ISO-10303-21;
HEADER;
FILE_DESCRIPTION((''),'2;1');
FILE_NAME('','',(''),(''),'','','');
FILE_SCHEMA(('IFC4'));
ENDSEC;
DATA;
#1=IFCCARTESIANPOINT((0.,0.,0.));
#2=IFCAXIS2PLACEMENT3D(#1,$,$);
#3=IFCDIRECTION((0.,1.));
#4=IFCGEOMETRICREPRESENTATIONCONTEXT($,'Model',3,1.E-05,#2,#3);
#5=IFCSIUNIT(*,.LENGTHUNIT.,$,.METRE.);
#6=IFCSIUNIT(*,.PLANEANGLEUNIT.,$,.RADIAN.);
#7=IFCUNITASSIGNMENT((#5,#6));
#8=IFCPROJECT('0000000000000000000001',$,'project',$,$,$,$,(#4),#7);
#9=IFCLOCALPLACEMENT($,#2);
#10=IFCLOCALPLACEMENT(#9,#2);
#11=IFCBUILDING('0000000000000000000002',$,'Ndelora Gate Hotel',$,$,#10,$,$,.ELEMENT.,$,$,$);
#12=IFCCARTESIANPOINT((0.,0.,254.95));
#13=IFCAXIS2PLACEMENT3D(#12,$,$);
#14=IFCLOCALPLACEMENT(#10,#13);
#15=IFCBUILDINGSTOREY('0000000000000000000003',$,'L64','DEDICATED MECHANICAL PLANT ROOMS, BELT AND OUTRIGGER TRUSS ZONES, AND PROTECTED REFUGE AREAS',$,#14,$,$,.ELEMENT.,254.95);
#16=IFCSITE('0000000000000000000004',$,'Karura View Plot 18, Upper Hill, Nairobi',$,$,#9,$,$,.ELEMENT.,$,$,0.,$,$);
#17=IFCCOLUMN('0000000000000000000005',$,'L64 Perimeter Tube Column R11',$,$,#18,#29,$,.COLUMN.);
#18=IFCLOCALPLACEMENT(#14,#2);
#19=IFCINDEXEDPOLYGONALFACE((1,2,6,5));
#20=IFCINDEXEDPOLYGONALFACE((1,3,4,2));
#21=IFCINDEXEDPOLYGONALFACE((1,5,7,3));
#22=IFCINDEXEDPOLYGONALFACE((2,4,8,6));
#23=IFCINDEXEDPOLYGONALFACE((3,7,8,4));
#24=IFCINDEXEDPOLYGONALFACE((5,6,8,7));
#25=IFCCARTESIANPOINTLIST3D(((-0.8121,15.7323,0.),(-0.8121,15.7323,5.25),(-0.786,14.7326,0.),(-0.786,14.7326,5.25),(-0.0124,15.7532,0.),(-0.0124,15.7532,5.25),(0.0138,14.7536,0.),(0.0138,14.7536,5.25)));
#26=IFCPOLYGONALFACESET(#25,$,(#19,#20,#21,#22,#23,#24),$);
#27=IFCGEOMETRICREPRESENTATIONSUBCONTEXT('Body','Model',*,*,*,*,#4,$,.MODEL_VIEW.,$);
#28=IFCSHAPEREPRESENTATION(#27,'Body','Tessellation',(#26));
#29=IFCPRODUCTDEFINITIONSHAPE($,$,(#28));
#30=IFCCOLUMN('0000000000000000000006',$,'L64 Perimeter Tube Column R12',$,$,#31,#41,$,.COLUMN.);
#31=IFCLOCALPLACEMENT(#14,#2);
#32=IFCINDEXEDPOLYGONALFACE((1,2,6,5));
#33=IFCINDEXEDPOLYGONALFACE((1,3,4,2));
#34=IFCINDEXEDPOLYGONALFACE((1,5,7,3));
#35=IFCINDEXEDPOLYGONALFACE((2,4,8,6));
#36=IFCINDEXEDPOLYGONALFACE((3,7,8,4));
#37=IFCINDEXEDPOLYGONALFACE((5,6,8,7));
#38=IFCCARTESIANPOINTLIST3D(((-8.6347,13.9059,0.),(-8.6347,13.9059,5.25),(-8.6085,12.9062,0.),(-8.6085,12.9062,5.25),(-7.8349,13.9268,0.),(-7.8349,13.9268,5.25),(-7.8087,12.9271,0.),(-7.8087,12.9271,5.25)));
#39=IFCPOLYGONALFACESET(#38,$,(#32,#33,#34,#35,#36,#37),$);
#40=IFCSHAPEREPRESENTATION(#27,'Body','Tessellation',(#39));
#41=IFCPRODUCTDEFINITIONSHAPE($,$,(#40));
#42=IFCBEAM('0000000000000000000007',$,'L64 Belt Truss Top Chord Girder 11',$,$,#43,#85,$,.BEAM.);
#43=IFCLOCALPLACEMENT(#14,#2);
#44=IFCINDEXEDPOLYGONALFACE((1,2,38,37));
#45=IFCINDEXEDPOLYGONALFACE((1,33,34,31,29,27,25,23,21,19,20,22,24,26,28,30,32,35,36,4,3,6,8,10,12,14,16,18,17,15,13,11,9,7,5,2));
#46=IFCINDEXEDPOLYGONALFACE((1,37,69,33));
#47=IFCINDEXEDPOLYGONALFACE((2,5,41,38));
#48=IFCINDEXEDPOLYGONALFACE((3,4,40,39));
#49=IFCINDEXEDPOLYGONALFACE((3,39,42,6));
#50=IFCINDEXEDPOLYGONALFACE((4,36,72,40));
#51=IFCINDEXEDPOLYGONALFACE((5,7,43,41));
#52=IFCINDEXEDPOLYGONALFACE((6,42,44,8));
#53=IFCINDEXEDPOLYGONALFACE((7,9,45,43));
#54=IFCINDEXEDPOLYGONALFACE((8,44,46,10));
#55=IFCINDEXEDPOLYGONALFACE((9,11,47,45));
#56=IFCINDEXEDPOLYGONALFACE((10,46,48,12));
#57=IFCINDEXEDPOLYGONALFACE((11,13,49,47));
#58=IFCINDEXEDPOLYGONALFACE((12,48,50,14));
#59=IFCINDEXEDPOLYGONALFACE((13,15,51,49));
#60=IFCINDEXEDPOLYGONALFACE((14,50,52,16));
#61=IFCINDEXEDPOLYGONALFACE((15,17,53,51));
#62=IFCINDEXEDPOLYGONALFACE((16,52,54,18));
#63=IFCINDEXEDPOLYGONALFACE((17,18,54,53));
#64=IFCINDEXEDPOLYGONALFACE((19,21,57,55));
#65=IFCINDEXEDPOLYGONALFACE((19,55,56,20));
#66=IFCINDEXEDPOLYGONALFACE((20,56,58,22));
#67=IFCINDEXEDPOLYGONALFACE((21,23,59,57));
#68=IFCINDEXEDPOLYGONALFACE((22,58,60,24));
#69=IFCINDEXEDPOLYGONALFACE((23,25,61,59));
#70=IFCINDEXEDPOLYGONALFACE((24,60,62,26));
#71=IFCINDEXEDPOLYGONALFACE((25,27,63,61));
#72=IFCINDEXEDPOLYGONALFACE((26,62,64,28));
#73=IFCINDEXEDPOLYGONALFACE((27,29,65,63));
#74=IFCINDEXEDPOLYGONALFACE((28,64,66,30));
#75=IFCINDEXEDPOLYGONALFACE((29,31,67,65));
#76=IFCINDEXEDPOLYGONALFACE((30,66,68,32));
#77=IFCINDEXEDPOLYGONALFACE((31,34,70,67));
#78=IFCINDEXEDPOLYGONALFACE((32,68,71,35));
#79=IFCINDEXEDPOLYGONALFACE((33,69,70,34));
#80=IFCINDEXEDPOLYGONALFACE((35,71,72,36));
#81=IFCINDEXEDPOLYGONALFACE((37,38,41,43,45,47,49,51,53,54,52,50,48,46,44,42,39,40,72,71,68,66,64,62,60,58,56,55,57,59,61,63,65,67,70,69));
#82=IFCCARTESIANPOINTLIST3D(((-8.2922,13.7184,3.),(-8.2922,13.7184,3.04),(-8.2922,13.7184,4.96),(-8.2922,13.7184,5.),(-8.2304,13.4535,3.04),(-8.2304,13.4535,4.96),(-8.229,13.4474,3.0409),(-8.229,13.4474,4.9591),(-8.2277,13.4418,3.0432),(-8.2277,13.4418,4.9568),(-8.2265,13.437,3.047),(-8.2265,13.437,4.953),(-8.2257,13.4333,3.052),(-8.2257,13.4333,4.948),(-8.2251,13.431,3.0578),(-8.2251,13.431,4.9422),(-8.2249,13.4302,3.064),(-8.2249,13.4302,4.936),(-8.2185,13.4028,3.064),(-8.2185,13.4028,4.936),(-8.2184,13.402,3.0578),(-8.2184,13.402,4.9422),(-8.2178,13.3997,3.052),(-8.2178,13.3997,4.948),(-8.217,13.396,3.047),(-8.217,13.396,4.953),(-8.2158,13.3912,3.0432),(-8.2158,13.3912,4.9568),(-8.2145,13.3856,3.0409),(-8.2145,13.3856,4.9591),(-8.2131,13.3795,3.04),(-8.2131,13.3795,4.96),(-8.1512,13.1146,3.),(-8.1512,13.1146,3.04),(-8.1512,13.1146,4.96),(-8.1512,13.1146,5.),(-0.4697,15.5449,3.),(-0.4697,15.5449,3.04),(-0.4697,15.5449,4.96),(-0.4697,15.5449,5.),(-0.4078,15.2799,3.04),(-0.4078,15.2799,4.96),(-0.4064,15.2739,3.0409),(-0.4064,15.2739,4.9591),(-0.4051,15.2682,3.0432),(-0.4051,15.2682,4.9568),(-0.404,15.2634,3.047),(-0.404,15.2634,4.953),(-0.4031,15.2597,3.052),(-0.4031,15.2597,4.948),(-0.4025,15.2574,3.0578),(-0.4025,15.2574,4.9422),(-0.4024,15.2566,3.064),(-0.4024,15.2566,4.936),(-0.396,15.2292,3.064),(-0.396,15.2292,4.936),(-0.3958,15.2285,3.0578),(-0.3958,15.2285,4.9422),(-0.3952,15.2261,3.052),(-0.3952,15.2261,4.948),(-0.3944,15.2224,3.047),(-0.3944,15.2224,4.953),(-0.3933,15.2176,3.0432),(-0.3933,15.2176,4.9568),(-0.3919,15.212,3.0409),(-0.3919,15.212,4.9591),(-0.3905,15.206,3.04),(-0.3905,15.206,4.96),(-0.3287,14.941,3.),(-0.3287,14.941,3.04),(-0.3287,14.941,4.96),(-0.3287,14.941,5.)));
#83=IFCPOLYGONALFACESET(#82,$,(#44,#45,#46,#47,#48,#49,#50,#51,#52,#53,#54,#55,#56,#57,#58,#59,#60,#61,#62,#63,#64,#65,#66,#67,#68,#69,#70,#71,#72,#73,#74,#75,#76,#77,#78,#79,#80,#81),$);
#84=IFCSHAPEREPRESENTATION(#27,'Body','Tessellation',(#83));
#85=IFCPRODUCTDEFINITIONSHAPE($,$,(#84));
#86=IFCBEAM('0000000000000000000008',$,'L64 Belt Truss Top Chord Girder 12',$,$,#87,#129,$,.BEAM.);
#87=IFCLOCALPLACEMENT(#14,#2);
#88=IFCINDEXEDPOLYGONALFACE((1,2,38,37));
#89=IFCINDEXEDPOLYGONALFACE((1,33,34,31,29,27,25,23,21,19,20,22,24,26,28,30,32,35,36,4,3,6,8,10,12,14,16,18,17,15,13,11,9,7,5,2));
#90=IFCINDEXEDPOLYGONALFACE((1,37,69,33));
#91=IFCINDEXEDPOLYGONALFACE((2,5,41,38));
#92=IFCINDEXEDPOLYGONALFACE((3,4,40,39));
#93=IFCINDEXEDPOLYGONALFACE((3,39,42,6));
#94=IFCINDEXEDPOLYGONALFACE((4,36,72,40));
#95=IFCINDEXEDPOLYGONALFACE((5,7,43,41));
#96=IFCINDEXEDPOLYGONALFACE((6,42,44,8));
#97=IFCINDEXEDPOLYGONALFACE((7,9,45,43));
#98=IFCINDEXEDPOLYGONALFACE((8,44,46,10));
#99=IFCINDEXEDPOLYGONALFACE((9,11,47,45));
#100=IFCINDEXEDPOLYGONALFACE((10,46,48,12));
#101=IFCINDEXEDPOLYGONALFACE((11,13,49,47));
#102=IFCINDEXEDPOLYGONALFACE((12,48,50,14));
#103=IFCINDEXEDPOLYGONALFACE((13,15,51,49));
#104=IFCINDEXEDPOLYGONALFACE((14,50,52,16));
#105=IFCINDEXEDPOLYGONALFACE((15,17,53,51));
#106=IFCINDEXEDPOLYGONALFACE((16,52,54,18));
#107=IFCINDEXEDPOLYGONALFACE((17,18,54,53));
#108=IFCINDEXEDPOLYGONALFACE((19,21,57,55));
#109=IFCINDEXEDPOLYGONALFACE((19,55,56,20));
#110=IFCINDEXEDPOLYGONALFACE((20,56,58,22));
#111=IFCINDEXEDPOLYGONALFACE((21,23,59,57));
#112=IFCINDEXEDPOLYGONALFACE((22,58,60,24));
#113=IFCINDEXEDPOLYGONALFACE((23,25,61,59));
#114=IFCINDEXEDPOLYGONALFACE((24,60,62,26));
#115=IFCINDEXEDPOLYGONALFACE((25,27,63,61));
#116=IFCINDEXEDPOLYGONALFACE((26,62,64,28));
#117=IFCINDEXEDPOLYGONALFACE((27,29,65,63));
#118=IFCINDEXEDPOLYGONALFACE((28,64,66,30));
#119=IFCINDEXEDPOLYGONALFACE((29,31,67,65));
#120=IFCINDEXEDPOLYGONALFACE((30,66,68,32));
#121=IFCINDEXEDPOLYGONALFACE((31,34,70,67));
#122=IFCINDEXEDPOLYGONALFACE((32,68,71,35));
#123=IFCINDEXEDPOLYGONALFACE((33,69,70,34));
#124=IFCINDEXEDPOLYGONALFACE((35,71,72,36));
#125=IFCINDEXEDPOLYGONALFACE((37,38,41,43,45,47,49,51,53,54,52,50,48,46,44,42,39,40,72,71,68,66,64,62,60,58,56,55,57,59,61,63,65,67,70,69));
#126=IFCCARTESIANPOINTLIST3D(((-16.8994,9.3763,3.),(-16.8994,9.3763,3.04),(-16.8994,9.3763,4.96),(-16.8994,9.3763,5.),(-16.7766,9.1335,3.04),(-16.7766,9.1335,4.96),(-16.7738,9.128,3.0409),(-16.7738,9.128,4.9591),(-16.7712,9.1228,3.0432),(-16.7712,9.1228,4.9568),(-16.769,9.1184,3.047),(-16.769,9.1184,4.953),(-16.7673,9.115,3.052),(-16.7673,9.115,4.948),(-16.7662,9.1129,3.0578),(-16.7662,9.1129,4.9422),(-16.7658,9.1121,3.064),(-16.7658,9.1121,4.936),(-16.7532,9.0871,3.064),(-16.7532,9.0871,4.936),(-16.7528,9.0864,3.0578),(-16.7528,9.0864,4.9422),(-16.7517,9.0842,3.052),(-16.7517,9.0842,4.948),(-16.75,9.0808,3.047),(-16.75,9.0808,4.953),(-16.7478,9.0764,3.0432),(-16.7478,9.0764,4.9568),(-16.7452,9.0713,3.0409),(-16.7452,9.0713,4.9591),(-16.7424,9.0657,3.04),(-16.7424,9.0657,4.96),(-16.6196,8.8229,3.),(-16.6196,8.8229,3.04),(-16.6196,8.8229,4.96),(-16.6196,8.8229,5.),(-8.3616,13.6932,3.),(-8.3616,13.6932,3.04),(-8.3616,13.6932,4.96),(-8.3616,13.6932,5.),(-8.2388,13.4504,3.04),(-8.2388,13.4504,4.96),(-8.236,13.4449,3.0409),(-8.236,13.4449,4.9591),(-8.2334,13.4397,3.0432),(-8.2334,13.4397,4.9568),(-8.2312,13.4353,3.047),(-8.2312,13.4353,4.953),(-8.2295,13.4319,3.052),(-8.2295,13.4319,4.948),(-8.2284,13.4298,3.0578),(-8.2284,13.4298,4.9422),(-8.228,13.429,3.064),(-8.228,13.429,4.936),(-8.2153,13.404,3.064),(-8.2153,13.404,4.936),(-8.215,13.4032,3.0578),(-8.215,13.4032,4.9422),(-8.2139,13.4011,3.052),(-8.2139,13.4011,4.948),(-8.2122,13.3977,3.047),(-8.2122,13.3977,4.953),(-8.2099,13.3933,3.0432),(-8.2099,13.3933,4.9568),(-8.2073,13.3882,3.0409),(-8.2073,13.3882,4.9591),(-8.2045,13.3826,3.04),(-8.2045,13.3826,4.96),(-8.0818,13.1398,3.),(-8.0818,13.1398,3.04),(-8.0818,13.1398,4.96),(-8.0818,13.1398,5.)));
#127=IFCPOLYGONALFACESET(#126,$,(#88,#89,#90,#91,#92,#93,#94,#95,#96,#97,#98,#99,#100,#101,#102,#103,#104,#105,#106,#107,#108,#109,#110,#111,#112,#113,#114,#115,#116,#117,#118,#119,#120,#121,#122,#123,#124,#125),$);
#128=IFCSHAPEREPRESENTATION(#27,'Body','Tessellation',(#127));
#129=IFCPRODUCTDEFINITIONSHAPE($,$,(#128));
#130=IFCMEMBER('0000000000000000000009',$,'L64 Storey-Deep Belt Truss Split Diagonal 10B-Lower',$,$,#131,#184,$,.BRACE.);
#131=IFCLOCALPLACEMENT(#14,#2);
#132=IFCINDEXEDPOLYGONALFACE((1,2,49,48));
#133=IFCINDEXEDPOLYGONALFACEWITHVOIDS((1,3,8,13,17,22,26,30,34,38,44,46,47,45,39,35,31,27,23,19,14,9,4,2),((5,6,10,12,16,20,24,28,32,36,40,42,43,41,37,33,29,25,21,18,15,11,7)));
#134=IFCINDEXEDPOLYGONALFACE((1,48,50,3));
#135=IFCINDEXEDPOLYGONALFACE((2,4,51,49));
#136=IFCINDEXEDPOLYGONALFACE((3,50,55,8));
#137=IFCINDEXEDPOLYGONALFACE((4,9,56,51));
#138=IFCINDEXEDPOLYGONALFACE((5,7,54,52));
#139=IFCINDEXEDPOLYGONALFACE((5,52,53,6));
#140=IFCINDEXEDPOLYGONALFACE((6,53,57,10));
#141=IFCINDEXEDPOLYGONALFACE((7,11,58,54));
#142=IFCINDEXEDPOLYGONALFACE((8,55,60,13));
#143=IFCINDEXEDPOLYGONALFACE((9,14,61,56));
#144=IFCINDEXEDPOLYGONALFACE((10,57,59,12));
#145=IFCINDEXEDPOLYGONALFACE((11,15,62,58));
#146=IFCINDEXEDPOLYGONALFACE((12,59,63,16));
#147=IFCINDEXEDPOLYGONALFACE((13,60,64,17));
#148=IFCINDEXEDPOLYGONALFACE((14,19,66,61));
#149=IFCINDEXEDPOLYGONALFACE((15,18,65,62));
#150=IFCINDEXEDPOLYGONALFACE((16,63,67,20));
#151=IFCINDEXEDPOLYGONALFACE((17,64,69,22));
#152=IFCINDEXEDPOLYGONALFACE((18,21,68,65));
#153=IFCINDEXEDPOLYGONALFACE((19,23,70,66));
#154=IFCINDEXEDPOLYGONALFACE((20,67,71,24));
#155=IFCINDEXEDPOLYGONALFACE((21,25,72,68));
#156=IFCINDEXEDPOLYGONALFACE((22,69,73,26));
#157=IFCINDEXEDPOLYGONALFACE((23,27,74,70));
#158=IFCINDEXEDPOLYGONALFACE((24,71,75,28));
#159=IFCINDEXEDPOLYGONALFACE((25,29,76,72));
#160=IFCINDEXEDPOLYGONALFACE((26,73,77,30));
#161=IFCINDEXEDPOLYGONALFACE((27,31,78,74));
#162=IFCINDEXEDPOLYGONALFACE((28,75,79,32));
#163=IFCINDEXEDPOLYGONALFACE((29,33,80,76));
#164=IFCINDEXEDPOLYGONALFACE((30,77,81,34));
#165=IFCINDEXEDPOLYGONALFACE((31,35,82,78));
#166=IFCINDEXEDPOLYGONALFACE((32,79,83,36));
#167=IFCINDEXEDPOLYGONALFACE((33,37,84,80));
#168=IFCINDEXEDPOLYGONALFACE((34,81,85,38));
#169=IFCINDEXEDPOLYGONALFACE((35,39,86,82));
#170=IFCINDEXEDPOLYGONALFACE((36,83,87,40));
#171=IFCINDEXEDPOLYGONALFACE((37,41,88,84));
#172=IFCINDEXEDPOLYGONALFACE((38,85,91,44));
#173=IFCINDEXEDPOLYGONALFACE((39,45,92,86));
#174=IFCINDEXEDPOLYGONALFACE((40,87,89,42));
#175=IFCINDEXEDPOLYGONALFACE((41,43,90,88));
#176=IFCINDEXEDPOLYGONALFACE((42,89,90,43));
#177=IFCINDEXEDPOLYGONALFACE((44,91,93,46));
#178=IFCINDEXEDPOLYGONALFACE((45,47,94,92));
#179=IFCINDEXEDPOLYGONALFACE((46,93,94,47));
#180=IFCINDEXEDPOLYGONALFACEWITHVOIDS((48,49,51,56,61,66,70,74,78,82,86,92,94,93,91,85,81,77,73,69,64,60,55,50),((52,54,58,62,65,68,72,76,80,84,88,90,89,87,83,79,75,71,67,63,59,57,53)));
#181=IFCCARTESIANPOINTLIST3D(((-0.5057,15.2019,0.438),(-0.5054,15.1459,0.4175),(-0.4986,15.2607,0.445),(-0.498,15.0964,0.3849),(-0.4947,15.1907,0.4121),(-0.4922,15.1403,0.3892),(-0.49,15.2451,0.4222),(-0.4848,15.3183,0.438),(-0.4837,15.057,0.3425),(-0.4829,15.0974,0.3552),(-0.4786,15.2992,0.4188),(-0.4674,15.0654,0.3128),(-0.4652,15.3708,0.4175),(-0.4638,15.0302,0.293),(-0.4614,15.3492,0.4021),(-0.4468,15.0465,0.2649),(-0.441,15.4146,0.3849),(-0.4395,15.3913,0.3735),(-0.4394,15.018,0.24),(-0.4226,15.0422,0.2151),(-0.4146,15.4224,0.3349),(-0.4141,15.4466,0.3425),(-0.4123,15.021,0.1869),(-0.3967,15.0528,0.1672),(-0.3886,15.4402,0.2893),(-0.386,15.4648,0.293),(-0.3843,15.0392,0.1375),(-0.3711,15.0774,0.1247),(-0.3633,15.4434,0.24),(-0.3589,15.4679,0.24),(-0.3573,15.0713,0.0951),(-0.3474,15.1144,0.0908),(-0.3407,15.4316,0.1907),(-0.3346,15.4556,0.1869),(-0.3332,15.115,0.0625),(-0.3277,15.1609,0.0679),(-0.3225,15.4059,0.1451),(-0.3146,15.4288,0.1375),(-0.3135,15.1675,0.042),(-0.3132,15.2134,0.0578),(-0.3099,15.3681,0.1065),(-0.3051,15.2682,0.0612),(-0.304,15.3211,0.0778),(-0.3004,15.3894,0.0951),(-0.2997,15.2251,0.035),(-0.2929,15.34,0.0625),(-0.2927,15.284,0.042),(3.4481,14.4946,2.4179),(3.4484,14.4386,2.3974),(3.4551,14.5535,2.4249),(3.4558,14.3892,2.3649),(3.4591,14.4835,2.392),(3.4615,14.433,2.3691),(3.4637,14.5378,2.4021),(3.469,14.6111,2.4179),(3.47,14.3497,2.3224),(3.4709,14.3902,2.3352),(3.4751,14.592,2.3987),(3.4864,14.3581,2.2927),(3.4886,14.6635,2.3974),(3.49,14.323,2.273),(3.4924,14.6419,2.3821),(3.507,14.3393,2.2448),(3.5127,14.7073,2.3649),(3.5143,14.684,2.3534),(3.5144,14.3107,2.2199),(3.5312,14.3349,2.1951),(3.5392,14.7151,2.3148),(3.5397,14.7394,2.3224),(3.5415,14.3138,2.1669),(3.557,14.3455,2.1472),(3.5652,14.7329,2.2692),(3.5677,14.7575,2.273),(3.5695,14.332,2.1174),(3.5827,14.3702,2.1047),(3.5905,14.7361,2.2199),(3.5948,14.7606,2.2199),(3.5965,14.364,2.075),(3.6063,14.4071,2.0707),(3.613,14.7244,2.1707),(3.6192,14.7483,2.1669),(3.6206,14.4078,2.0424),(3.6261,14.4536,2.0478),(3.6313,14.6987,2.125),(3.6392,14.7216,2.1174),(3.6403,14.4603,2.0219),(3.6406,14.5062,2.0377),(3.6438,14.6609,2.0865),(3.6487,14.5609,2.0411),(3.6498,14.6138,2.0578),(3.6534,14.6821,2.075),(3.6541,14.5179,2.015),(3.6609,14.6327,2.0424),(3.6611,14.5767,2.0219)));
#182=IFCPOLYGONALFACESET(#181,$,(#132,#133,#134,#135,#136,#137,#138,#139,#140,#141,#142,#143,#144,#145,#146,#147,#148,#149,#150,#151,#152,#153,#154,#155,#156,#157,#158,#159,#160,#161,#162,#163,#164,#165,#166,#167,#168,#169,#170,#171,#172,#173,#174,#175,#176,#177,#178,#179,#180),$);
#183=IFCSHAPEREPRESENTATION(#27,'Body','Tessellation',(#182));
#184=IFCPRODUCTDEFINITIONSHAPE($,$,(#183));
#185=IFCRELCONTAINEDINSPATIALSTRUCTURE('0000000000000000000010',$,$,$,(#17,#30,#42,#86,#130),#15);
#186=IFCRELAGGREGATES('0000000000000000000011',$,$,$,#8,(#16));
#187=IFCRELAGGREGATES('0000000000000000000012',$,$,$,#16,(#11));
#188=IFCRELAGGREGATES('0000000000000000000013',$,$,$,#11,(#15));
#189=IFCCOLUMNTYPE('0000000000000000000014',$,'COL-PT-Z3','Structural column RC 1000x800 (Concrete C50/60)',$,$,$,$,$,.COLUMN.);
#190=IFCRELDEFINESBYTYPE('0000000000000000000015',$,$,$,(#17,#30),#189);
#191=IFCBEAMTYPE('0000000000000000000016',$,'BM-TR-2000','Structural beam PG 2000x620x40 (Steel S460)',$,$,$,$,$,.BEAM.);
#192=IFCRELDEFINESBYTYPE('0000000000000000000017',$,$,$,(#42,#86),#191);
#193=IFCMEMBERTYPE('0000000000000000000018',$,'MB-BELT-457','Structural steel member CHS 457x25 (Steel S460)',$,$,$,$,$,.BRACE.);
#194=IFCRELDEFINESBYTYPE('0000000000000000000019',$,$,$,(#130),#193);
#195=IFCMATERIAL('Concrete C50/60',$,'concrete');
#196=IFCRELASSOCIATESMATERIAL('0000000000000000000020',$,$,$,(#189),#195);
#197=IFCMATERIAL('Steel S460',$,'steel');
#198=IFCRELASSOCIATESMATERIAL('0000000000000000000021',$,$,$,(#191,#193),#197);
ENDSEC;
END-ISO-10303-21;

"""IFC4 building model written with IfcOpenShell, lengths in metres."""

from ifc_helpers import new_model, si_unit, direction, frame, origin, origin_2d, place, context, subcontext, project, spatial, rectangle, hollow_circle, i_section, extrude, material, material_profile, profile_set, type_object, element, save


model = new_model("IFC4")

# Units and contexts
model_context = context("Model", 3, precision=1e-05, world=origin(), true_north=direction((0.0, 1.0)))
body_context = subcontext(model_context, "Body", "Model", "MODEL_VIEW")
ifc_project = project(units=[si_unit("LENGTHUNIT", "METRE"), si_unit("PLANEANGLEUNIT", "RADIAN")], contexts=[model_context])

# Site, building, storey
site_placement = place(None, origin())
site = spatial("IfcSite", under=ifc_project, at=site_placement, Name="Karura View Plot 18, Upper Hill, Nairobi", CompositionType="ELEMENT", RefElevation=0.0)
building_placement = place(site_placement, origin())
building = spatial("IfcBuilding", under=site, at=building_placement, Name="Ndelora Gate Hotel", CompositionType="ELEMENT")
storey_placement = place(building_placement, frame((0.0, 0.0, 254.95)))
storey = spatial("IfcBuildingStorey", under=building, at=storey_placement, Name="L64", Description="DEDICATED MECHANICAL PLANT ROOMS, BELT AND OUTRIGGER TRUSS ZONES, AND PROTECTED REFUGE AREAS", CompositionType="ELEMENT", Elevation=254.95)

# Columns
ifc_material_1 = material(Name="Concrete C50/60", Category="concrete")
ifc_material_profile_1 = material_profile(ifc_material_1, rectangle(XDim=0.8, YDim=1.0, at=origin_2d()), Name="RC 1000x800")
ifc_profile_set_1 = profile_set([ifc_material_profile_1], Name="Concrete C50/60")
column_type = type_object("IfcColumnType", Name="COL-PT-Z3", Description="Structural column RC 1000x800 (Concrete C50/60)", PredefinedType="COLUMN", material=ifc_profile_set_1)
for number, where, z_axis, x_axis, name in (
    (1, (-0.3992, 15.2429, 0.0), (0.0, 0.0, 1.0), (0.999657, 0.026177, 0.0), "L64 Perimeter Tube Column R11"),
    (2, (-8.2217, 13.4165, 0.0), (0.0, 0.0, 1.0), (0.999657, 0.026177, 0.0), "L64 Perimeter Tube Column R12"),
):
    element("IfcColumn", number, at=place(storey_placement, frame(where, z_axis=z_axis, x_axis=x_axis)), inside=storey, type_object=column_type, Name=name, PredefinedType="COLUMN", context=body_context, shape_type="SweptSolid", body=[
        extrude(rectangle(XDim=0.8, YDim=1.0, at=origin_2d()), origin(), (0.0, 0.0, 1.0), 5.25),
    ])

# Beams
ifc_material_2 = material(Name="Steel S460", Category="steel")
ifc_material_profile_2 = material_profile(ifc_material_2, i_section(OverallWidth=0.6201, OverallDepth=2.0, WebThickness=0.0281, FlangeThickness=0.04, FilletRadius=0.0239, at=origin_2d()), Name="PG 2000x620x40")
ifc_profile_set_2 = profile_set([ifc_material_profile_2], Name="Steel S460")
beam_type = type_object("IfcBeamType", Name="BM-TR-2000", Description="Structural beam PG 2000x620x40 (Steel S460)", PredefinedType="BEAM", material=ifc_profile_set_2)
beam_1_placement = place(storey_placement, frame((-0.3992, 15.2429, 4.0), z_axis=(-0.973809, -0.227367, 0.0), x_axis=(0.227367, -0.973809, 0.0)))
element("IfcBeam", 3, at=beam_1_placement, inside=storey, type_object=beam_type, Name="L64 Belt Truss Top Chord Girder 11", PredefinedType="BEAM", context=body_context, shape_type="SweptSolid", body=[
    extrude(i_section(OverallWidth=0.6201, OverallDepth=2.0, WebThickness=0.0281, FlangeThickness=0.04, FilletRadius=0.0239, at=origin_2d()), origin(), (0.0, 0.0, 1.0), 8.033),
])
beam_2_placement = place(storey_placement, frame((-8.2217, 13.4165, 4.0), z_axis=(-0.892412, -0.451221, 0.0), x_axis=(0.451221, -0.892412, 0.0)))
element("IfcBeam", 4, at=beam_2_placement, inside=storey, type_object=beam_type, Name="L64 Belt Truss Top Chord Girder 12", PredefinedType="BEAM", context=body_context, shape_type="SweptSolid", body=[
    extrude(i_section(OverallWidth=0.6201, OverallDepth=2.0, WebThickness=0.0281, FlangeThickness=0.04, FilletRadius=0.0239, at=origin_2d()), origin(), (0.0, 0.0, 1.0), 9.5671),
])

# Member
ifc_material_profile_3 = material_profile(ifc_material_2, hollow_circle(Radius=0.2285, WallThickness=0.0249, at=origin_2d()), Name="CHS 457x25")
ifc_profile_set_3 = profile_set([ifc_material_profile_3], Name="Steel S460")
member_type_1 = type_object("IfcMemberType", Name="MB-BELT-457", Description="Structural steel member CHS 457x25 (Steel S460)", PredefinedType="BRACE", material=ifc_profile_set_3)
member_1_placement = place(storey_placement, frame((-0.3992, 15.2429, 0.24), z_axis=(0.882928, -0.15794, 0.442146), x_axis=(0.176087, 0.984375, 0.0)))
element("IfcMember", 5, at=member_1_placement, inside=storey, type_object=member_type_1, Name="L64 Storey-Deep Belt Truss Split Diagonal 10B-Lower", PredefinedType="BRACE", context=body_context, shape_type="SweptSolid", body=[
    extrude(hollow_circle(Radius=0.2285, WallThickness=0.0249, at=origin_2d()), origin(), (0.0, 0.0, 1.0), 4.478),
])

save(model, "model.ifc")
